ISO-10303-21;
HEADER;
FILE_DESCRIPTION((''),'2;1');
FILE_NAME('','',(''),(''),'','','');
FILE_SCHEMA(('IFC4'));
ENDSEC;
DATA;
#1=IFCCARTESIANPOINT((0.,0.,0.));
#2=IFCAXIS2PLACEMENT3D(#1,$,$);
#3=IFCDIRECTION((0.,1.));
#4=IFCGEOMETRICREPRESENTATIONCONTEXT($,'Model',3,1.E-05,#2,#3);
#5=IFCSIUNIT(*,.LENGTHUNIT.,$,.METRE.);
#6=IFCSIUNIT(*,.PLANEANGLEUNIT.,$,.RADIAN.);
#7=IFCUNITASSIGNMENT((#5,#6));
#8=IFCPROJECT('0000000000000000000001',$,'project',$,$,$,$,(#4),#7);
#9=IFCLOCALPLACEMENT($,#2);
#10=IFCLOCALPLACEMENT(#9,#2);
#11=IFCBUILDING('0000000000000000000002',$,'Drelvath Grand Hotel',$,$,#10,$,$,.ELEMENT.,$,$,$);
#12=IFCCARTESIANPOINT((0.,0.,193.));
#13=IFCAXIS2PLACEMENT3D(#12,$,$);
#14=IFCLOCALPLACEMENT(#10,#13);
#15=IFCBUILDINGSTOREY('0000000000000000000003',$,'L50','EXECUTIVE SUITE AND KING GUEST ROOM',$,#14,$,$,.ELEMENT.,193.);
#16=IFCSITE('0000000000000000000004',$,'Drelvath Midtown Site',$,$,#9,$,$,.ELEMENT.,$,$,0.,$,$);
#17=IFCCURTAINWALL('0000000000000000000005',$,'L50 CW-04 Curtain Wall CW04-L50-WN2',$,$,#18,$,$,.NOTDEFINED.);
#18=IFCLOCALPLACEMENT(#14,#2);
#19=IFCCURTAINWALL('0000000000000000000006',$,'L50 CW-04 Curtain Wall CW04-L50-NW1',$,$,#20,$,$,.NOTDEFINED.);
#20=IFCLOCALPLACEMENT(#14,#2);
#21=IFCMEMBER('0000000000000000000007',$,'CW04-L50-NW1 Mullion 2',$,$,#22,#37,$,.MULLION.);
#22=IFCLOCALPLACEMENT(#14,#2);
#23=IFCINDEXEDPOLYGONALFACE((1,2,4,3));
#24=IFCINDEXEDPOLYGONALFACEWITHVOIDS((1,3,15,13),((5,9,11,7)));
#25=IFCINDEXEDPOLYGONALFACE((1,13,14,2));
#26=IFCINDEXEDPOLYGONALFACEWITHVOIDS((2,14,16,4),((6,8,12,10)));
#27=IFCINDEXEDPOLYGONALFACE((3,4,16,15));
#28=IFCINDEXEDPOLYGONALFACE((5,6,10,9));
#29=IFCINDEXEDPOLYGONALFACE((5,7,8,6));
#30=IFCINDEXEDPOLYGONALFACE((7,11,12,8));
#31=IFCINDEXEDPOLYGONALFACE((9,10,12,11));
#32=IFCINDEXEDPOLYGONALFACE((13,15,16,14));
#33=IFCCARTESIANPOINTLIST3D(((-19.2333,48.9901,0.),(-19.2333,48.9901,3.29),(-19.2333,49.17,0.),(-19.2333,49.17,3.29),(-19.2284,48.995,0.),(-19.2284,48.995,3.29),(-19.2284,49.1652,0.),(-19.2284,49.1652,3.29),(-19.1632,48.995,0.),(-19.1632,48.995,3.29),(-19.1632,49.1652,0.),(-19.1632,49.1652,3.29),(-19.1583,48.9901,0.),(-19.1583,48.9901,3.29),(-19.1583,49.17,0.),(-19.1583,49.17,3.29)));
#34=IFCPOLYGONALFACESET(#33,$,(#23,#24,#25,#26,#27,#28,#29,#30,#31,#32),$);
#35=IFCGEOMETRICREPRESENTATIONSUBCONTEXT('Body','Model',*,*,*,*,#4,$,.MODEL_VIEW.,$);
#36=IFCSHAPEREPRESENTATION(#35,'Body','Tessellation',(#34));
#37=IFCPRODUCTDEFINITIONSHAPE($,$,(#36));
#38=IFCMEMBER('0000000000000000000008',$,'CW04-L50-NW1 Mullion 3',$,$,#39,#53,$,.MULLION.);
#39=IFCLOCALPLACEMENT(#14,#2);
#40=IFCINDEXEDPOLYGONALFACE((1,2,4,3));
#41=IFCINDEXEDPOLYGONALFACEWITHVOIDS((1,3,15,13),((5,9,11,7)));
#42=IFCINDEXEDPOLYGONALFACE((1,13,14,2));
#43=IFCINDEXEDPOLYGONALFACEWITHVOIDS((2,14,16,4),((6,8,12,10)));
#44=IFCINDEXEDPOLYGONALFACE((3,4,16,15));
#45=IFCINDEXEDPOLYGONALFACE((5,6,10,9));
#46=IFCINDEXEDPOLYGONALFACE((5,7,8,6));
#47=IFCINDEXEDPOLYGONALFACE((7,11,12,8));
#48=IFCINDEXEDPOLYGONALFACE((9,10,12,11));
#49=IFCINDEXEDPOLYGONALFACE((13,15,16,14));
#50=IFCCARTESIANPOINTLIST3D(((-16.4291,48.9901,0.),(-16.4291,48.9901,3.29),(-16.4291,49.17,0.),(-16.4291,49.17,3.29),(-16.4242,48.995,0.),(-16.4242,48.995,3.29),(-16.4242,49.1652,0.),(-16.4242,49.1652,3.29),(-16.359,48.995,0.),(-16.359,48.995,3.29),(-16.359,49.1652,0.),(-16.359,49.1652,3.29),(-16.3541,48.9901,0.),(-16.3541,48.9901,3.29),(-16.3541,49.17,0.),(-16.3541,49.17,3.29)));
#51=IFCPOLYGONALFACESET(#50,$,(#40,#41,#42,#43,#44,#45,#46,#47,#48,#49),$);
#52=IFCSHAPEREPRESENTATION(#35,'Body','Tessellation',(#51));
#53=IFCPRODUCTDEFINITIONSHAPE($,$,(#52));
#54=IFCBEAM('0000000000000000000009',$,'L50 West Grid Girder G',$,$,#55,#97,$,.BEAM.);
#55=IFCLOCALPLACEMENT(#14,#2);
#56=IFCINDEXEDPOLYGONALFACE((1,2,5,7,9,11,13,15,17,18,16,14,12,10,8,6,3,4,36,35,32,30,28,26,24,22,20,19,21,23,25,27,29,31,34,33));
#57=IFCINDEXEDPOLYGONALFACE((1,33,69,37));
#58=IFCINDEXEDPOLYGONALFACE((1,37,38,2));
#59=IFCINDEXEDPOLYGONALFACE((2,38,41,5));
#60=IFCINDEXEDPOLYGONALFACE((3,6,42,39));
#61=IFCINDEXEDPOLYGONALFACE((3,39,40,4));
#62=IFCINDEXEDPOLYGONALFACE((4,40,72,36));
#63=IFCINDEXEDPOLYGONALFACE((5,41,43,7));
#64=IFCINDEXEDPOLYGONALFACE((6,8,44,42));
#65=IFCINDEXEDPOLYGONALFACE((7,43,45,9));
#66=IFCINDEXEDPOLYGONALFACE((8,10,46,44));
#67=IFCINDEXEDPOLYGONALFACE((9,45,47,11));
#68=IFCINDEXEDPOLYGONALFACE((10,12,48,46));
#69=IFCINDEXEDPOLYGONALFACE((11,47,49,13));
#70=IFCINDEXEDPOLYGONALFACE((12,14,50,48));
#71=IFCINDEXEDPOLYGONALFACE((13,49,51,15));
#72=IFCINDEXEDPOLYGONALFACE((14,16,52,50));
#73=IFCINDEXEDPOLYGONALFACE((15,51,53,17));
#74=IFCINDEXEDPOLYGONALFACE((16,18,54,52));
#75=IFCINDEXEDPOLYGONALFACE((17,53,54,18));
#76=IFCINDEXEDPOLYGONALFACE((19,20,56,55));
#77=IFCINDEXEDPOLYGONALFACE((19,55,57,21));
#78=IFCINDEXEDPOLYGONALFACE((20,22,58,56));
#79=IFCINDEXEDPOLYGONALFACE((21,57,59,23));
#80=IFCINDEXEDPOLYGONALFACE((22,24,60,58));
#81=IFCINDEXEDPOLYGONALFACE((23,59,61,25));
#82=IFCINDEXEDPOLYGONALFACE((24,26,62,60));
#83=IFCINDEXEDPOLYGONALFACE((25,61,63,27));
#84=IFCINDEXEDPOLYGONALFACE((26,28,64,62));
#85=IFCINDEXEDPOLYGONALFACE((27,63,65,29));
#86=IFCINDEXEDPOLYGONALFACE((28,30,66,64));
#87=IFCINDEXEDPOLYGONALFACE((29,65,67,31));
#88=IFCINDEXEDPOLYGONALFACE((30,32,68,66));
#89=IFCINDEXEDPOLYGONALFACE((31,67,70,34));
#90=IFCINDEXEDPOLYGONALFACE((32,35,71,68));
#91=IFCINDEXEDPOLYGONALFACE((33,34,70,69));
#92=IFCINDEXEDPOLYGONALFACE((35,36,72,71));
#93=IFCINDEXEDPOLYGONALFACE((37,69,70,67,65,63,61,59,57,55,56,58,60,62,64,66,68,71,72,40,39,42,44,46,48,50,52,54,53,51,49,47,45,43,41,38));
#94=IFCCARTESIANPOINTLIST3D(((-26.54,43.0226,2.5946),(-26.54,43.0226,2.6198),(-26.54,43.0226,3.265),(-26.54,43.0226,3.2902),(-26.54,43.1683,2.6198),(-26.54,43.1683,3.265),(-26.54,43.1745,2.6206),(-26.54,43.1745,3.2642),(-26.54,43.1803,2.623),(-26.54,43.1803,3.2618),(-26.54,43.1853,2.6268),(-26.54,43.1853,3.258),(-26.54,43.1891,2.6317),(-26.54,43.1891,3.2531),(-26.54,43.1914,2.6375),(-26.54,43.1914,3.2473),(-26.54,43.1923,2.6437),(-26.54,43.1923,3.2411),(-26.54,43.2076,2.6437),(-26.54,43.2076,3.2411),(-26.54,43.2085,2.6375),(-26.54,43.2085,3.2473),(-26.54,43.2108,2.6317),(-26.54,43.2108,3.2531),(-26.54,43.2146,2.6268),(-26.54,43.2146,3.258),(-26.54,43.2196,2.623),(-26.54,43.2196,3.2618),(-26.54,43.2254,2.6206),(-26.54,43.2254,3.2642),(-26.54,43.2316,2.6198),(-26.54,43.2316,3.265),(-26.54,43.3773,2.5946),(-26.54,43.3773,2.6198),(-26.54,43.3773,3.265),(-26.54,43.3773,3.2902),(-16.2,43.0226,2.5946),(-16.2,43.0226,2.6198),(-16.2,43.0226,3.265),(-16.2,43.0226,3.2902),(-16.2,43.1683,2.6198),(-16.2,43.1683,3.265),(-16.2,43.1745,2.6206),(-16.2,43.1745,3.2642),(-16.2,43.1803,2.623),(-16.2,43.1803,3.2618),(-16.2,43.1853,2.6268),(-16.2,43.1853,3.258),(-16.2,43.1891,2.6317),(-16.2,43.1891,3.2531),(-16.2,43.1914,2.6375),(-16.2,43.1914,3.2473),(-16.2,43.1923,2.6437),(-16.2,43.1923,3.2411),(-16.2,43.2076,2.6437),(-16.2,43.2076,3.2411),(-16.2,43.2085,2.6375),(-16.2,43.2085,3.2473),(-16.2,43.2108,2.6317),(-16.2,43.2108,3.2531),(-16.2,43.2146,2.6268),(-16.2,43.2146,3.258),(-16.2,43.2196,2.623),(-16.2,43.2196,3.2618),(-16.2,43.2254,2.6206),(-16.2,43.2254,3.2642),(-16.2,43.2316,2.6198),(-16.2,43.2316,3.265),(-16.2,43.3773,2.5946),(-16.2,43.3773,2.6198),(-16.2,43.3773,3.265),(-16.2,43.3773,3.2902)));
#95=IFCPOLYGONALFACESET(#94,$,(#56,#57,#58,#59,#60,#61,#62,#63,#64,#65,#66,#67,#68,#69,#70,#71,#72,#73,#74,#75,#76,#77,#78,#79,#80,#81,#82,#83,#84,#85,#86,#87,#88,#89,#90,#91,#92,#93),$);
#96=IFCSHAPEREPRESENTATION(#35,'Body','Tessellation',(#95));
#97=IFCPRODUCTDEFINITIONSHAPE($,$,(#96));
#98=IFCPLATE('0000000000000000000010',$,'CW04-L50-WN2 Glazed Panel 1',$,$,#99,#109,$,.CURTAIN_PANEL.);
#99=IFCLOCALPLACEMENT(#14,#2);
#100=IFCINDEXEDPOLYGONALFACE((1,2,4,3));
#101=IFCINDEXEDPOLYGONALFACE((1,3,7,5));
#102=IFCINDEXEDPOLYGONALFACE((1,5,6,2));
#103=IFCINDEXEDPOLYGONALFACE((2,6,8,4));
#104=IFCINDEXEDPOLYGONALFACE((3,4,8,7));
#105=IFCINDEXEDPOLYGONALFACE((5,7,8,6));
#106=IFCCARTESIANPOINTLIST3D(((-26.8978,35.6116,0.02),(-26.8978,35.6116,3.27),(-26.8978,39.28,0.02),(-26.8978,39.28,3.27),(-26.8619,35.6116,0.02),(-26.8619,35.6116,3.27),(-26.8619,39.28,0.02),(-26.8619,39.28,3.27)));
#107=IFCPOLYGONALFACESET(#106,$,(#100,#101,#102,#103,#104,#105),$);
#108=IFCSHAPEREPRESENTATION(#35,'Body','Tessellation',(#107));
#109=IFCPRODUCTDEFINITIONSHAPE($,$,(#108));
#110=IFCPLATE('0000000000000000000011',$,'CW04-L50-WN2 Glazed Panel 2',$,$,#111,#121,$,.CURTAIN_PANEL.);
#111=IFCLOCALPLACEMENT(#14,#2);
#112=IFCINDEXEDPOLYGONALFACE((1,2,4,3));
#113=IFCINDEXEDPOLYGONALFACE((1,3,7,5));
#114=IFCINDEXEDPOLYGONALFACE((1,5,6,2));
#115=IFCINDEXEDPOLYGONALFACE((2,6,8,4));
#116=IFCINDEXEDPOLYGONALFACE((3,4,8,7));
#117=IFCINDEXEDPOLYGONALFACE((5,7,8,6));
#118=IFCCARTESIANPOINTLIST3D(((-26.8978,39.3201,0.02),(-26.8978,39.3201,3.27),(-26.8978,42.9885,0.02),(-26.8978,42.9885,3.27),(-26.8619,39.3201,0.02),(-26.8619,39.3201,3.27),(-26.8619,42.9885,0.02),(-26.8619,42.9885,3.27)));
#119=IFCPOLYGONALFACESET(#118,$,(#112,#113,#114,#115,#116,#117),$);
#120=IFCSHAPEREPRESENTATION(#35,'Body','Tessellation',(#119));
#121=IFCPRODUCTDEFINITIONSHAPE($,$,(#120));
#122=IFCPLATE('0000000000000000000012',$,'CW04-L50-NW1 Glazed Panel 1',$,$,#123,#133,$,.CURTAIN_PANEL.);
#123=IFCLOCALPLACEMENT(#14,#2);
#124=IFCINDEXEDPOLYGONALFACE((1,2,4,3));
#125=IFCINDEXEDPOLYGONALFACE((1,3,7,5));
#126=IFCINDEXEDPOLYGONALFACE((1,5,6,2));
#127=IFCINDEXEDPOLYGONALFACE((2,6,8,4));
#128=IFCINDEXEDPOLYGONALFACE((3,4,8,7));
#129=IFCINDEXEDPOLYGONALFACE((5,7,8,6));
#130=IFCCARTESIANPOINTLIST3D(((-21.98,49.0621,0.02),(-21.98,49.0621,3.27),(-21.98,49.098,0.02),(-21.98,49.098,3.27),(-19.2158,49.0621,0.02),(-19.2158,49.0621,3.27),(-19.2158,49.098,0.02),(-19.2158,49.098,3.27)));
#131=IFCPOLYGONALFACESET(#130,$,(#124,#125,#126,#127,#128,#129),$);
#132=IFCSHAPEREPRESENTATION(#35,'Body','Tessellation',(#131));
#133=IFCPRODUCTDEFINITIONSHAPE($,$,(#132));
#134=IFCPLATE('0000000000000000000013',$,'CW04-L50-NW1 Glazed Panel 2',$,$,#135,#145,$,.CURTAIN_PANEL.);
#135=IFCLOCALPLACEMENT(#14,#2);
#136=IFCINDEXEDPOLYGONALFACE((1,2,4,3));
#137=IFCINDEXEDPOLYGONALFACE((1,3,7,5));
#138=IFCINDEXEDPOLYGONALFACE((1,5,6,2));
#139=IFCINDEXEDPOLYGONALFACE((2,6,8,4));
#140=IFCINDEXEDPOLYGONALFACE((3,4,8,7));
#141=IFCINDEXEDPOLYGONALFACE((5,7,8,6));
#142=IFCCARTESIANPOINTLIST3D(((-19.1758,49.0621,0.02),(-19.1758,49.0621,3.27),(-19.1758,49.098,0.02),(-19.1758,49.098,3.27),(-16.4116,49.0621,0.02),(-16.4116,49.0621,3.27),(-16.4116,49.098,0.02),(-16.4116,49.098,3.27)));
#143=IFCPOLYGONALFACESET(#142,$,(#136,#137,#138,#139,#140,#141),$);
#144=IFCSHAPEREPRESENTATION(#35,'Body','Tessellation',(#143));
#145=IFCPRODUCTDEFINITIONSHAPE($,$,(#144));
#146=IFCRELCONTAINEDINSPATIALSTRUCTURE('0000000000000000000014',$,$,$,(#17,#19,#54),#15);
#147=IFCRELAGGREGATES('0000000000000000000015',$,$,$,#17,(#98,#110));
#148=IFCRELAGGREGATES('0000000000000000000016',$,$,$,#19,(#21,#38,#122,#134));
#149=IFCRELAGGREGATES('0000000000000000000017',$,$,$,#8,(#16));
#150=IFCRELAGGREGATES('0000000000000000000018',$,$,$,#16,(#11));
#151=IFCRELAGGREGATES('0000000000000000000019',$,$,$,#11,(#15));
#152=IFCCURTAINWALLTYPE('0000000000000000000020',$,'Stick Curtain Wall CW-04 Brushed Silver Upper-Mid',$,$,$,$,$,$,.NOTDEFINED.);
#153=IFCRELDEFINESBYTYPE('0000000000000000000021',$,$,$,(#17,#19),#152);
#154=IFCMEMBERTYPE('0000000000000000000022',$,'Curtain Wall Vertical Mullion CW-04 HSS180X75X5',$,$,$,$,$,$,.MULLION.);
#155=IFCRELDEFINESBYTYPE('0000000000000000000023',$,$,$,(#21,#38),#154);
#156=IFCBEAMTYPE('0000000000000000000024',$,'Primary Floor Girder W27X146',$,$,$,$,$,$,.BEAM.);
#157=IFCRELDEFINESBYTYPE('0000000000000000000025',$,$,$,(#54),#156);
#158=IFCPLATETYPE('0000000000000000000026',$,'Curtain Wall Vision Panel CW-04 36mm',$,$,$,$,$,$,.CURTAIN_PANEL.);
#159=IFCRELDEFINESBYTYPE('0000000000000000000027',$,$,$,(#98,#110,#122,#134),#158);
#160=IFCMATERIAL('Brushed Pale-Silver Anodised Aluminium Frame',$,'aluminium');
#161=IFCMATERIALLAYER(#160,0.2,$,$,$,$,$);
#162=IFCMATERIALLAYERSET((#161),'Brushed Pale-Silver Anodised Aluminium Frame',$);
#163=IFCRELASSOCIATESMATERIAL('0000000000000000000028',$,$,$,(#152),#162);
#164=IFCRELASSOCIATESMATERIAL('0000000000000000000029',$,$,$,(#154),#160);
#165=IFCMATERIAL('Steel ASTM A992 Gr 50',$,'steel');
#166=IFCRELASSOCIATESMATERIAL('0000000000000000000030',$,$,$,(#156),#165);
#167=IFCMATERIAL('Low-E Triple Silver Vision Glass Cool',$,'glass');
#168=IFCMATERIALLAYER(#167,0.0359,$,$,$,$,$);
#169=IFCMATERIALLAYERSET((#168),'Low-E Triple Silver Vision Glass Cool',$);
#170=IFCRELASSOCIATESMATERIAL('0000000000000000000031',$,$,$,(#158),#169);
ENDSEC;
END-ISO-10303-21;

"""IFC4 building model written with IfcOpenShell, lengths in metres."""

from ifc_helpers import new_model, si_unit, direction, frame, origin, origin_2d, place, context, subcontext, project, spatial, rectangle, hollow_rectangle, i_section, extrude, material, layer, layer_set, material_profile, profile_set, type_object, element, aggregate, save


model = new_model("IFC4")

# Units and contexts
model_context = context("Model", 3, precision=1e-05, world=origin(), true_north=direction((0.0, 1.0)))
body_context = subcontext(model_context, "Body", "Model", "MODEL_VIEW")
ifc_project = project(units=[si_unit("LENGTHUNIT", "METRE"), si_unit("PLANEANGLEUNIT", "RADIAN")], contexts=[model_context])

# Site, building, storey
site_placement = place(None, origin())
site = spatial("IfcSite", under=ifc_project, at=site_placement, Name="Drelvath Midtown Site", CompositionType="ELEMENT", RefElevation=0.0)
building_placement = place(site_placement, origin())
building = spatial("IfcBuilding", under=site, at=building_placement, Name="Drelvath Grand Hotel", CompositionType="ELEMENT")
storey_placement = place(building_placement, frame((0.0, 0.0, 193.0)))
storey = spatial("IfcBuildingStorey", under=building, at=storey_placement, Name="L50", Description="EXECUTIVE SUITE AND KING GUEST ROOM", CompositionType="ELEMENT", Elevation=193.0)

# Shared definitions
ifc_material_1 = material(Name="Steel ASTM A992 Gr 50", Category="steel")

# Curtain walls
ifc_material_2 = material(Name="Brushed Pale-Silver Anodised Aluminium Frame", Category="aluminium")
ifc_layer_1 = layer(ifc_material_2, 0.2)
ifc_layer_set_1 = layer_set([ifc_layer_1], Name="Brushed Pale-Silver Anodised Aluminium Frame")
curtain_wall_type = type_object("IfcCurtainWallType", Name="Stick Curtain Wall CW-04 Brushed Silver Upper-Mid", PredefinedType="NOTDEFINED", material=ifc_layer_set_1)
curtain_wall_1_placement = place(storey_placement, origin())
curtain_wall_1 = element("IfcCurtainWall", 1, at=curtain_wall_1_placement, inside=storey, type_object=curtain_wall_type, Name="L50 CW-04 Curtain Wall CW04-L50-WN2", PredefinedType="NOTDEFINED")
curtain_wall_2_placement = place(storey_placement, origin())
curtain_wall_2 = element("IfcCurtainWall", 2, at=curtain_wall_2_placement, inside=storey, type_object=curtain_wall_type, Name="L50 CW-04 Curtain Wall CW04-L50-NW1", PredefinedType="NOTDEFINED")

# Members
ifc_material_profile_1 = material_profile(ifc_material_2, hollow_rectangle(XDim=0.075, YDim=0.1799, WallThickness=0.0049, at=origin_2d()), Name="HSS180X75X5")
ifc_profile_set_1 = profile_set([ifc_material_profile_1], Name="Brushed Pale-Silver Anodised Aluminium Frame")
member_type_1 = type_object("IfcMemberType", Name="Curtain Wall Vertical Mullion CW-04 HSS180X75X5", PredefinedType="MULLION", material=ifc_profile_set_1)
member_1_placement = place(storey_placement, frame((-19.1958, 49.0801, 0.0), z_axis=(0.0, 0.0, 1.0), x_axis=(1.0, 0.0, 0.0)))
member_1 = element("IfcMember", 3, at=member_1_placement, type_object=member_type_1, Name="CW04-L50-NW1 Mullion 2", PredefinedType="MULLION", context=body_context, shape_type="SweptSolid", body=[
    extrude(hollow_rectangle(XDim=0.075, YDim=0.1799, WallThickness=0.0049, at=origin_2d()), origin(), (0.0, 0.0, 1.0), 3.29),
])
member_2_placement = place(storey_placement, frame((-16.3916, 49.0801, 0.0), z_axis=(0.0, 0.0, 1.0), x_axis=(1.0, 0.0, 0.0)))
member_2 = element("IfcMember", 4, at=member_2_placement, type_object=member_type_1, Name="CW04-L50-NW1 Mullion 3", PredefinedType="MULLION", context=body_context, shape_type="SweptSolid", body=[
    extrude(hollow_rectangle(XDim=0.075, YDim=0.1799, WallThickness=0.0049, at=origin_2d()), origin(), (0.0, 0.0, 1.0), 3.29),
])

# Beam
ifc_material_profile_2 = material_profile(ifc_material_1, i_section(OverallWidth=0.3547, OverallDepth=0.6956, WebThickness=0.0154, FlangeThickness=0.0251, FilletRadius=0.0239, at=origin_2d()), Name="W27X146")
ifc_profile_set_2 = profile_set([ifc_material_profile_2], Name="Steel ASTM A992 Gr 50")
beam_type_1 = type_object("IfcBeamType", Name="Primary Floor Girder W27X146", PredefinedType="BEAM", material=ifc_profile_set_2)
beam_1_placement = place(storey_placement, frame((-26.54, 43.2, 2.9424), z_axis=(1.0, 0.0, 0.0), x_axis=(0.0, 1.0, 0.0)))
element("IfcBeam", 5, at=beam_1_placement, inside=storey, type_object=beam_type_1, Name="L50 West Grid Girder G", PredefinedType="BEAM", context=body_context, shape_type="SweptSolid", body=[
    extrude(i_section(OverallWidth=0.3547, OverallDepth=0.6956, WebThickness=0.0154, FlangeThickness=0.0251, FilletRadius=0.0239, at=origin_2d()), origin(), (0.0, 0.0, 1.0), 10.3401),
])

# Plates
ifc_material_3 = material(Name="Low-E Triple Silver Vision Glass Cool", Category="glass")
ifc_layer_2 = layer(ifc_material_3, 0.0359)
ifc_layer_set_2 = layer_set([ifc_layer_2], Name="Low-E Triple Silver Vision Glass Cool")
plate_type = type_object("IfcPlateType", Name="Curtain Wall Vision Panel CW-04 36mm", PredefinedType="CURTAIN_PANEL", material=ifc_layer_set_2)
plate_1_placement = place(storey_placement, frame((-26.8799, 37.4458, 0.02), z_axis=(0.0, 0.0, 1.0), x_axis=(0.0, 1.0, 0.0)))
plate_1 = element("IfcPlate", 6, at=plate_1_placement, type_object=plate_type, Name="CW04-L50-WN2 Glazed Panel 1", PredefinedType="CURTAIN_PANEL", context=body_context, shape_type="SweptSolid", body=[
    extrude(rectangle(XDim=3.6685, YDim=0.0359, at=origin_2d()), origin(), (0.0, 0.0, 1.0), 3.25),
])
plate_2_placement = place(storey_placement, frame((-26.8799, 41.1543, 0.02), z_axis=(0.0, 0.0, 1.0), x_axis=(0.0, 1.0, 0.0)))
plate_2 = element("IfcPlate", 7, at=plate_2_placement, type_object=plate_type, Name="CW04-L50-WN2 Glazed Panel 2", PredefinedType="CURTAIN_PANEL", context=body_context, shape_type="SweptSolid", body=[
    extrude(rectangle(XDim=3.6685, YDim=0.0359, at=origin_2d()), origin(), (0.0, 0.0, 1.0), 3.25),
])
aggregate(curtain_wall_1, [plate_1, plate_2])
plate_3_placement = place(storey_placement, frame((-20.5979, 49.0801, 0.02), z_axis=(0.0, 0.0, 1.0), x_axis=(1.0, 0.0, 0.0)))
plate_3 = element("IfcPlate", 8, at=plate_3_placement, type_object=plate_type, Name="CW04-L50-NW1 Glazed Panel 1", PredefinedType="CURTAIN_PANEL", context=body_context, shape_type="SweptSolid", body=[
    extrude(rectangle(XDim=2.7642, YDim=0.0359, at=origin_2d()), origin(), (0.0, 0.0, 1.0), 3.25),
])
plate_4_placement = place(storey_placement, frame((-17.7937, 49.0801, 0.02), z_axis=(0.0, 0.0, 1.0), x_axis=(1.0, 0.0, 0.0)))
plate_4 = element("IfcPlate", 9, at=plate_4_placement, type_object=plate_type, Name="CW04-L50-NW1 Glazed Panel 2", PredefinedType="CURTAIN_PANEL", context=body_context, shape_type="SweptSolid", body=[
    extrude(rectangle(XDim=2.7642, YDim=0.0359, at=origin_2d()), origin(), (0.0, 0.0, 1.0), 3.25),
])
aggregate(curtain_wall_2, [member_1, member_2, plate_3, plate_4])

save(model, "model.ifc")
